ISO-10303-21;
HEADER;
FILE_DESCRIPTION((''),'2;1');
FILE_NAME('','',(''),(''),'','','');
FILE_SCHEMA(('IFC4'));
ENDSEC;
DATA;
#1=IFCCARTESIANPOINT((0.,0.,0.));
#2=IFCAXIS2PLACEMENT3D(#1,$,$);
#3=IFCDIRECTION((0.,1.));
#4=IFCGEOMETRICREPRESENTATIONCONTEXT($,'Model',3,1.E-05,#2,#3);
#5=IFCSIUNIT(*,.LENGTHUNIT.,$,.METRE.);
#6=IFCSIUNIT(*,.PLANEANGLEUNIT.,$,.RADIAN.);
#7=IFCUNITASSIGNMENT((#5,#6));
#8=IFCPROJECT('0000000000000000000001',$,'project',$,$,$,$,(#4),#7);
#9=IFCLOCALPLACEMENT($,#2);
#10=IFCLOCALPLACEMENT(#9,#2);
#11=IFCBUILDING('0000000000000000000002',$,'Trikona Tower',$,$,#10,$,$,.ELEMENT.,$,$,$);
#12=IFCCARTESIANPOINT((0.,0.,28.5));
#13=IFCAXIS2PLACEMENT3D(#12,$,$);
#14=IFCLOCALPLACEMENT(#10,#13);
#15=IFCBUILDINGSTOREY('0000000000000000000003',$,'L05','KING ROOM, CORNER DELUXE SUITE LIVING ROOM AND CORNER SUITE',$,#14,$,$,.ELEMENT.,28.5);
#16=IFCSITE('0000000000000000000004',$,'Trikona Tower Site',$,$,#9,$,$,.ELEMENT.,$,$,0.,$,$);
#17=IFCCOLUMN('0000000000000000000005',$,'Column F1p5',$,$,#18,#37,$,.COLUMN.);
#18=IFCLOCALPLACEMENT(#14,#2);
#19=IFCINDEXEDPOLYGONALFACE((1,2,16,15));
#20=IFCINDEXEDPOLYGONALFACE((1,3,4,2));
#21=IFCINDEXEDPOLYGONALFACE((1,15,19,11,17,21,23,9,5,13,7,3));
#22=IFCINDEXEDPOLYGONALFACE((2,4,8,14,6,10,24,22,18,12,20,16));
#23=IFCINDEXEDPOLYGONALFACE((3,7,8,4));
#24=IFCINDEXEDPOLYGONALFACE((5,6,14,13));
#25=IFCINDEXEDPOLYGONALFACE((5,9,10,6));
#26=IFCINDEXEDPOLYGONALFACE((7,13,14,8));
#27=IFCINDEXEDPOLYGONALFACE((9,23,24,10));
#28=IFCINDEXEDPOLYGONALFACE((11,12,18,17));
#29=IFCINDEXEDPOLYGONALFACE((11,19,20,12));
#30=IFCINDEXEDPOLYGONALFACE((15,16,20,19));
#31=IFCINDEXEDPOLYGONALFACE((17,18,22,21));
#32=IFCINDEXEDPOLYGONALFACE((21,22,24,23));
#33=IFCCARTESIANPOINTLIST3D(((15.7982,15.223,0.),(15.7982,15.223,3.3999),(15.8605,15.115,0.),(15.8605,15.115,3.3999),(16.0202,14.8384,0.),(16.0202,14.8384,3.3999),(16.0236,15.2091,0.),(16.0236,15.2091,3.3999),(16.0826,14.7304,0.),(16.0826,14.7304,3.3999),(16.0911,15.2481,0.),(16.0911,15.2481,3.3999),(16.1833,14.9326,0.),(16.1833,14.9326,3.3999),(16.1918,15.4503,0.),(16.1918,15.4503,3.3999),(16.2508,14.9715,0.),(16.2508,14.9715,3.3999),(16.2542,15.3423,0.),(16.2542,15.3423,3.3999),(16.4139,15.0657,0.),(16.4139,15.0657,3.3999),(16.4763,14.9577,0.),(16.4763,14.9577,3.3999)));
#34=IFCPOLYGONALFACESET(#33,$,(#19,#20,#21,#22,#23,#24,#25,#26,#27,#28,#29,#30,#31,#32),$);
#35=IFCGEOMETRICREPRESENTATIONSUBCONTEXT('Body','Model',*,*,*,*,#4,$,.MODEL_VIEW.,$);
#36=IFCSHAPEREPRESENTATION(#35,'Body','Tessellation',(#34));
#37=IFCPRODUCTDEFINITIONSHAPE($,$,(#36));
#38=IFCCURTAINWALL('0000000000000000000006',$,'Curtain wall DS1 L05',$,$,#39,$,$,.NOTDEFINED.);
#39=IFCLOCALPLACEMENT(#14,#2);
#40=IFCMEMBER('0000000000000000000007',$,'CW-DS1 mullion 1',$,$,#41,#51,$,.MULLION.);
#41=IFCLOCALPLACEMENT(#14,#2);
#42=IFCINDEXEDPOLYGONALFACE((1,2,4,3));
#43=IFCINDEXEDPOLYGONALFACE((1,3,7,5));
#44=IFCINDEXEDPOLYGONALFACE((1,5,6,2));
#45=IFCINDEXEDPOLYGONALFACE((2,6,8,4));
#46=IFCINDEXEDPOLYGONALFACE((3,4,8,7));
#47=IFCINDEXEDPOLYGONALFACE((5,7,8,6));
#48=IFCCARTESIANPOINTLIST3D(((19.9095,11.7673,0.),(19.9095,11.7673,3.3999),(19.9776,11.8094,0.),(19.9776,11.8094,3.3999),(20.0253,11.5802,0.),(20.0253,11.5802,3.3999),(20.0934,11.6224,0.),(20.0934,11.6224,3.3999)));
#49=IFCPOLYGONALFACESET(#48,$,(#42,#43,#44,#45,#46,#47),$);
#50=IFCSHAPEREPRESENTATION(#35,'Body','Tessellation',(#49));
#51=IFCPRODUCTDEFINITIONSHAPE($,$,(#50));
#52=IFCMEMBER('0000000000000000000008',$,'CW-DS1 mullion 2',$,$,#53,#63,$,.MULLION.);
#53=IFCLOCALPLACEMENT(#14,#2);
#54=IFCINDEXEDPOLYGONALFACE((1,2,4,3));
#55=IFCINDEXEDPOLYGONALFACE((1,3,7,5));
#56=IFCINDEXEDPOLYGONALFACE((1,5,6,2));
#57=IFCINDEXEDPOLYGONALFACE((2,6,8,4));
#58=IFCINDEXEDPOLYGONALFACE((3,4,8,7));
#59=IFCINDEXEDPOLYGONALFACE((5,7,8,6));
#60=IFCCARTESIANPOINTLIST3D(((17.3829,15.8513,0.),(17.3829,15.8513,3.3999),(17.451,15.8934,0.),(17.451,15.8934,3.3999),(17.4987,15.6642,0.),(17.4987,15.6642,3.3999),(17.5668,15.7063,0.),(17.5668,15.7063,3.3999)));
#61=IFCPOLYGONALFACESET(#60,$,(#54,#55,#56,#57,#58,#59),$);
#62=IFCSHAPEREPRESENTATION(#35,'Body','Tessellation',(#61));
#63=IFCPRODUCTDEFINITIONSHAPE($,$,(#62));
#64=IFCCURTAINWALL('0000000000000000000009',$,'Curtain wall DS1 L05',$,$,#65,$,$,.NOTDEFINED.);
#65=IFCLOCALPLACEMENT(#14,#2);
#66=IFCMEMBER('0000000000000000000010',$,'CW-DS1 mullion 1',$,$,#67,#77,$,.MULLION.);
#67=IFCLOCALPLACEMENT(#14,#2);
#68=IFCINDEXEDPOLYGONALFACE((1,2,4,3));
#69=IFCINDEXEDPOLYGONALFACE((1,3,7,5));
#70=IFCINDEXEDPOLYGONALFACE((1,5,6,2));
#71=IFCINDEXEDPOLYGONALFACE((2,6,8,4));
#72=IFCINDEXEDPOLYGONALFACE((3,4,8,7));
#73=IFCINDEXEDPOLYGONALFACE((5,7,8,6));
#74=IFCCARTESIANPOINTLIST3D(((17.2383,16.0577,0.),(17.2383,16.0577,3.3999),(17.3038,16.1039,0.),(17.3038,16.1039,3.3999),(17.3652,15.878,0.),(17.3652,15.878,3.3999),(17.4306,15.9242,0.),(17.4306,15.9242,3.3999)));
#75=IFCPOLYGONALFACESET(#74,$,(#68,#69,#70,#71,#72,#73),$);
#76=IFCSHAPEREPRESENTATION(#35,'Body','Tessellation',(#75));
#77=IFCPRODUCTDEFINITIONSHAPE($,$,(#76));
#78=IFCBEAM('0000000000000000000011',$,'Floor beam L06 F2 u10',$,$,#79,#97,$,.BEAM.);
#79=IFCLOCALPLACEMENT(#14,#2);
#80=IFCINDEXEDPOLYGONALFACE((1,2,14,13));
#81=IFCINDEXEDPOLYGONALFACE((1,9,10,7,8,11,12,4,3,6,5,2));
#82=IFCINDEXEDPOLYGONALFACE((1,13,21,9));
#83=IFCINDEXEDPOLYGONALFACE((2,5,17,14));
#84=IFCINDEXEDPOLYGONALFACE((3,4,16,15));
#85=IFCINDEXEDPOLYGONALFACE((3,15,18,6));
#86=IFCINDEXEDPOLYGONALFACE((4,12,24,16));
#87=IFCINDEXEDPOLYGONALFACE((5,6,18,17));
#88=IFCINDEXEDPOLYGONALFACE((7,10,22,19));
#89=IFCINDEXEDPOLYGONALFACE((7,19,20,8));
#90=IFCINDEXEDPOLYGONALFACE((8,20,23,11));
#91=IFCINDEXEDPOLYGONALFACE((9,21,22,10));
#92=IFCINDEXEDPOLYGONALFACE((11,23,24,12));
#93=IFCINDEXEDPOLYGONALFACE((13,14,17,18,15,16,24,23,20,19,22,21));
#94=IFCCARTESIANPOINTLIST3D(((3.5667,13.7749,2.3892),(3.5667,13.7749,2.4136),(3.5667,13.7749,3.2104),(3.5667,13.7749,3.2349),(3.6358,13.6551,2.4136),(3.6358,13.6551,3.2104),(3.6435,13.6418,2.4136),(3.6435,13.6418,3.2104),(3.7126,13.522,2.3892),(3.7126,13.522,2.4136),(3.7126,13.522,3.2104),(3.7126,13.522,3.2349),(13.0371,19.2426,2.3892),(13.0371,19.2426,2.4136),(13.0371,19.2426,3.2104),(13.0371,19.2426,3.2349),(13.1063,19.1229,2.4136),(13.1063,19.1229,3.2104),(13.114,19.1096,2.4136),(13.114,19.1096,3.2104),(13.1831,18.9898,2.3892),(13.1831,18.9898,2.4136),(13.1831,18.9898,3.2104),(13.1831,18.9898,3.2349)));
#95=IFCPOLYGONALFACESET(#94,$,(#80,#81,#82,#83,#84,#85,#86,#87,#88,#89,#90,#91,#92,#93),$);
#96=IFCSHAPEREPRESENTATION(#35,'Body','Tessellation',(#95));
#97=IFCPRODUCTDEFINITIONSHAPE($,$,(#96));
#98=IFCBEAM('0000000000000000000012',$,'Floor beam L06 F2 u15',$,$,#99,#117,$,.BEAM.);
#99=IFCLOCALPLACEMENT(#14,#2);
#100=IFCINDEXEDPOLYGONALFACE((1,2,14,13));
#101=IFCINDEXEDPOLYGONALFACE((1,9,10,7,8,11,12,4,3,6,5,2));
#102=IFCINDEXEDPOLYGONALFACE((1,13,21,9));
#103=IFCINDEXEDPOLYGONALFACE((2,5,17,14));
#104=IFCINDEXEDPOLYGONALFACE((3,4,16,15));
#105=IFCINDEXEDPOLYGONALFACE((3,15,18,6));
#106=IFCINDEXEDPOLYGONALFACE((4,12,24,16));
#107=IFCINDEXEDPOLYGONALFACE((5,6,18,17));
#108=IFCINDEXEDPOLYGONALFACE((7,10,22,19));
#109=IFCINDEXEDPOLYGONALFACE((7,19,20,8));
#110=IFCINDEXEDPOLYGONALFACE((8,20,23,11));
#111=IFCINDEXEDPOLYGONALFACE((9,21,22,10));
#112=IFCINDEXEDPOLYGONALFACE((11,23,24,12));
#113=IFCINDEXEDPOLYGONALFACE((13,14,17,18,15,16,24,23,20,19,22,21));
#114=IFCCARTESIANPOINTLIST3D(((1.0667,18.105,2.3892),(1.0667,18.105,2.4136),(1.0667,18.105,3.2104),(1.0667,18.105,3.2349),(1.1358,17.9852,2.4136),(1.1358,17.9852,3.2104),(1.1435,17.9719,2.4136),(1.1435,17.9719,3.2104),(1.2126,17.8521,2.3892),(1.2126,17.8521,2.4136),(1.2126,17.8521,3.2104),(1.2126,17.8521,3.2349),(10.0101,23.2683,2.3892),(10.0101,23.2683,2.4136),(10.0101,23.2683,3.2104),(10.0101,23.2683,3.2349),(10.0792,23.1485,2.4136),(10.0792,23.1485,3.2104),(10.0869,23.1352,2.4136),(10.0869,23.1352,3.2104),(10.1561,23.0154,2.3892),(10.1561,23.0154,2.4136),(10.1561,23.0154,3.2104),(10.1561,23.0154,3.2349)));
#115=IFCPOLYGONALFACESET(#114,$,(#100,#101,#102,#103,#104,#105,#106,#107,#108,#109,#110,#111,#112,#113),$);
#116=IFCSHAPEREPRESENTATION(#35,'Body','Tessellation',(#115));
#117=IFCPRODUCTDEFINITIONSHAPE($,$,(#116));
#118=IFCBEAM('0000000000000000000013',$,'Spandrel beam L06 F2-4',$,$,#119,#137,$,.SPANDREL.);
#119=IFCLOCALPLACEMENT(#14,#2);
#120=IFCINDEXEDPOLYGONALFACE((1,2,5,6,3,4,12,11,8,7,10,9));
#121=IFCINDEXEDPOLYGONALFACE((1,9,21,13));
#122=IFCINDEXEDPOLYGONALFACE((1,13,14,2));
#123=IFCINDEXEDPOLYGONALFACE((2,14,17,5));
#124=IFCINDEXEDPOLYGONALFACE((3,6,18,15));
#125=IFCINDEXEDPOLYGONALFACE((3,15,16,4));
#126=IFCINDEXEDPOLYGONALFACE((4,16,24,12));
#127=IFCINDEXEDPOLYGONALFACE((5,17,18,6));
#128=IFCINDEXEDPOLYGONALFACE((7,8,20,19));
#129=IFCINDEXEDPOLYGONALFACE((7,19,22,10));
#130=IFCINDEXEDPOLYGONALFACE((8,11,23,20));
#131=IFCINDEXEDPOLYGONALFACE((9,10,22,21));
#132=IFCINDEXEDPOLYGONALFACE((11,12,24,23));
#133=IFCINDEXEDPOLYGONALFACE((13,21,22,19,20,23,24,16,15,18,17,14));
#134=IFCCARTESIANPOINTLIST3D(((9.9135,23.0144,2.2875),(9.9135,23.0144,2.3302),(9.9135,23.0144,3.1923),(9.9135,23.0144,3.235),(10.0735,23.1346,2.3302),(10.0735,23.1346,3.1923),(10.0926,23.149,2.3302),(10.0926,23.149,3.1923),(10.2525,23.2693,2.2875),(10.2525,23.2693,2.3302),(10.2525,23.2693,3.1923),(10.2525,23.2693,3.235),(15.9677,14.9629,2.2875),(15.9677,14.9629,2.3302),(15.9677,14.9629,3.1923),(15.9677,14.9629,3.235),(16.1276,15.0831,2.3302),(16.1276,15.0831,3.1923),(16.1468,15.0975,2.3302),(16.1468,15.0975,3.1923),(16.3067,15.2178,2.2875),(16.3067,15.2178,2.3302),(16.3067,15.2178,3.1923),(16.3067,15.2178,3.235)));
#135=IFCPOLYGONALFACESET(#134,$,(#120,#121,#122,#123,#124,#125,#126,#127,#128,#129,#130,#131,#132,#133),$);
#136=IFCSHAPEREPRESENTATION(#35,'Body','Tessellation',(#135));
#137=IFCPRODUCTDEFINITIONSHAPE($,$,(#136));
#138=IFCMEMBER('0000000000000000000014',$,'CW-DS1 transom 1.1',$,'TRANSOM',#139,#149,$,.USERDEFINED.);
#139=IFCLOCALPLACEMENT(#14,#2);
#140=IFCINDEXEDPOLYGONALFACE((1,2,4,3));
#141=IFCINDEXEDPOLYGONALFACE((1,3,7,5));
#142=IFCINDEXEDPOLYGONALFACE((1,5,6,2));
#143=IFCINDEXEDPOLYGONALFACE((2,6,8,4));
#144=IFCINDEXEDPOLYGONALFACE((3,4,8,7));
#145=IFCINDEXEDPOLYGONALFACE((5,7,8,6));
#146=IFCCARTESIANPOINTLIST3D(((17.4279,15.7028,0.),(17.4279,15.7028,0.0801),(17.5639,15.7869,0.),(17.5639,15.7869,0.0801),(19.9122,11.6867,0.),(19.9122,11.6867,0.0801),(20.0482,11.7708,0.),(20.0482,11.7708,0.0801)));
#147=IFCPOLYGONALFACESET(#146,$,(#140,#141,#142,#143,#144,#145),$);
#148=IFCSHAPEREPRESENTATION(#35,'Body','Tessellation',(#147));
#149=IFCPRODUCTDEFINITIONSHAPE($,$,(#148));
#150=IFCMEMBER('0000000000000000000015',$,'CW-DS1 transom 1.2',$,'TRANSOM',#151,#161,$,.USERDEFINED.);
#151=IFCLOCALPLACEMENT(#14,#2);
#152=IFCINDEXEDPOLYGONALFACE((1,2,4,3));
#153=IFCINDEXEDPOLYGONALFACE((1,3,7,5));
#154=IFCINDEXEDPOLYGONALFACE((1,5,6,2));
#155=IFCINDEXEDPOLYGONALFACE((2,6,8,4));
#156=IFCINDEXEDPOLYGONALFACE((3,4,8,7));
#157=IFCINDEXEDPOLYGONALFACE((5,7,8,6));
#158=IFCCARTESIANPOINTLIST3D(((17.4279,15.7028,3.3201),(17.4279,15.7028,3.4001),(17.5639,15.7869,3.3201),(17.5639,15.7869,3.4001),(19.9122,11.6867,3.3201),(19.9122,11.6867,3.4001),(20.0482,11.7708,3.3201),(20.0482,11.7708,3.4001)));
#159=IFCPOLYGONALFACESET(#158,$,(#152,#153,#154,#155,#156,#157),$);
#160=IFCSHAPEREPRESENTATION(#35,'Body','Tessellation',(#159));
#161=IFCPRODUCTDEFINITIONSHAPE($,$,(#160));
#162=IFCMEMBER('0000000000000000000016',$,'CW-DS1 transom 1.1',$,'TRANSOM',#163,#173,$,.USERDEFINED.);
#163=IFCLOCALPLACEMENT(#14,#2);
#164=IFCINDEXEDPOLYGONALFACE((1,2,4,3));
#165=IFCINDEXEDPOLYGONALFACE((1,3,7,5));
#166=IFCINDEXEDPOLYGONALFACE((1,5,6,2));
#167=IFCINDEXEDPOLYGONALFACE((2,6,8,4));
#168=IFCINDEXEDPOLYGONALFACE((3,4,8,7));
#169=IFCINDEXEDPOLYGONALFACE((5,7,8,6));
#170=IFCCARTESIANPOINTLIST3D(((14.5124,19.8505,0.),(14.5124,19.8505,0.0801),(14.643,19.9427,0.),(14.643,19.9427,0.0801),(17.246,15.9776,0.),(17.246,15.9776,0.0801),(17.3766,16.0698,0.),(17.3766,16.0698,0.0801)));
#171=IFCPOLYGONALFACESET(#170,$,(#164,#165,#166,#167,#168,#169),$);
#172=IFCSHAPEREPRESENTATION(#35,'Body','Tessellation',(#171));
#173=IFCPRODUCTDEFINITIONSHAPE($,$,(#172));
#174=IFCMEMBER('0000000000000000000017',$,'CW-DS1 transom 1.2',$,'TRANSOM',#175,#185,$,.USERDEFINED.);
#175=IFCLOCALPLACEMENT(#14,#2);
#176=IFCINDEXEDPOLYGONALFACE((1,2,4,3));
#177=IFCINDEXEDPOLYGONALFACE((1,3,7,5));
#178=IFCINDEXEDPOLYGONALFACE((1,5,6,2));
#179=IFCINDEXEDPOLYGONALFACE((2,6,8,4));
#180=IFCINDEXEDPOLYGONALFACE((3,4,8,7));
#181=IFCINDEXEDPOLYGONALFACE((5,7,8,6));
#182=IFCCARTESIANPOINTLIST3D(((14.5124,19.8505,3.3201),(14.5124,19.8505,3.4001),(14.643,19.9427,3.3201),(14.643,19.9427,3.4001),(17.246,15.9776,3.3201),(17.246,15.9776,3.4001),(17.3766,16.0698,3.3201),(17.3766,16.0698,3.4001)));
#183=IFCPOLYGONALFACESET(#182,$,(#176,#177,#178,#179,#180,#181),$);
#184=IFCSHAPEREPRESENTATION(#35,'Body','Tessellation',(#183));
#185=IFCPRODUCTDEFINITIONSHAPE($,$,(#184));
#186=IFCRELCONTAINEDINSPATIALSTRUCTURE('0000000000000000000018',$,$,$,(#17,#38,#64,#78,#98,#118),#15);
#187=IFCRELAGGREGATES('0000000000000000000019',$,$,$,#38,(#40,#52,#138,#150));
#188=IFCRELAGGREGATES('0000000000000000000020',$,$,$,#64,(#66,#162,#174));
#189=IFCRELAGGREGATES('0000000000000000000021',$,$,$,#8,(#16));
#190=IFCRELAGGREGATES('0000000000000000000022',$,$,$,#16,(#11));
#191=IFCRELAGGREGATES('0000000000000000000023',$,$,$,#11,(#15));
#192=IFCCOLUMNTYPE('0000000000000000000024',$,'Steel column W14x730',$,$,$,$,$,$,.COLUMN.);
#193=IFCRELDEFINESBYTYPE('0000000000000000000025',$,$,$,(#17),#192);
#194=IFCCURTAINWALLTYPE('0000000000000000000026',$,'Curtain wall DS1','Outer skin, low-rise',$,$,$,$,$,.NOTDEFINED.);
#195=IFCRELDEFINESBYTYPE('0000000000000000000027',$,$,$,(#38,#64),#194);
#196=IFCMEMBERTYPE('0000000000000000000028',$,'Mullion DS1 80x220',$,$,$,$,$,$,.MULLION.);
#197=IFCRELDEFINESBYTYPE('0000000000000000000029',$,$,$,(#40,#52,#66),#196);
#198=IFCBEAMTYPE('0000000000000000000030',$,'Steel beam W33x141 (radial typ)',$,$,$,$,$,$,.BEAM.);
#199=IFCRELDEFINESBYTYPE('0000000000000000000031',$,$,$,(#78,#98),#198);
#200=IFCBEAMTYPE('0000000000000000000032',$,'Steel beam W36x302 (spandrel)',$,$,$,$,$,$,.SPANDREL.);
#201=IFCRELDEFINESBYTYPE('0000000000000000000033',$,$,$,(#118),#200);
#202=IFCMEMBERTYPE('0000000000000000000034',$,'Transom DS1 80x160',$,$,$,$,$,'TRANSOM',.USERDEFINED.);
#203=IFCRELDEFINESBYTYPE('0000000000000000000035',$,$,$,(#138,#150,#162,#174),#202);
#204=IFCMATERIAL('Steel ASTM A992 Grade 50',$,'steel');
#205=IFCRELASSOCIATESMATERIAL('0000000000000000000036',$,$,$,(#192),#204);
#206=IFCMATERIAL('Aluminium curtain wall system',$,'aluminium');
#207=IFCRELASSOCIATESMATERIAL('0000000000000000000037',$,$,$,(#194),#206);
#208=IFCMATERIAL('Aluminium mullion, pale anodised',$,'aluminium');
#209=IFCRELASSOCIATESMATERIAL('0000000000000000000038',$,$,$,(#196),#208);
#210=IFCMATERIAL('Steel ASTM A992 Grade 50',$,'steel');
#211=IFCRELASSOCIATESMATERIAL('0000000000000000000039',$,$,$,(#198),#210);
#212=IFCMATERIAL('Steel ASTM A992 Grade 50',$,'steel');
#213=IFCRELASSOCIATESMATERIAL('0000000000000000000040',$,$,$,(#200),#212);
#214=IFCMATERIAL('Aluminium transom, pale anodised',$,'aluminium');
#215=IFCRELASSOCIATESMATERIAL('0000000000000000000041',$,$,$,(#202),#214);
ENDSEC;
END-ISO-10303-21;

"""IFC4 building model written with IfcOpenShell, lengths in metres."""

from ifc_helpers import new_model, si_unit, direction, frame, origin, origin_2d, place, context, subcontext, project, spatial, rectangle, i_section, extrude, material, material_profile, profile_set, type_object, element, aggregate, save


model = new_model("IFC4")

# Units and contexts
model_context = context("Model", 3, precision=1e-05, world=origin(), true_north=direction((0.0, 1.0)))
body_context = subcontext(model_context, "Body", "Model", "MODEL_VIEW")
ifc_project = project(units=[si_unit("LENGTHUNIT", "METRE"), si_unit("PLANEANGLEUNIT", "RADIAN")], contexts=[model_context])

# Site, building, storey
site_placement = place(None, origin())
site = spatial("IfcSite", under=ifc_project, at=site_placement, Name="Trikona Tower Site", CompositionType="ELEMENT", RefElevation=0.0)
building_placement = place(site_placement, origin())
building = spatial("IfcBuilding", under=site, at=building_placement, Name="Trikona Tower", CompositionType="ELEMENT")
storey_placement = place(building_placement, frame((0.0, 0.0, 28.5)))
storey = spatial("IfcBuildingStorey", under=building, at=storey_placement, Name="L05", Description="KING ROOM, CORNER DELUXE SUITE LIVING ROOM AND CORNER SUITE", CompositionType="ELEMENT", Elevation=28.5)

# Column
ifc_material_1 = material(Name="Steel ASTM A992 Grade 50", Category="steel")
ifc_material_profile_1 = material_profile(ifc_material_1, i_section(OverallWidth=0.4546, OverallDepth=0.5688, WebThickness=0.0779, FlangeThickness=0.1248, at=origin_2d()), Name="W14X730")
ifc_profile_set_1 = profile_set([ifc_material_profile_1], Name="Steel ASTM A992 Grade 50")
column_type = type_object("IfcColumnType", Name="Steel column W14x730", PredefinedType="COLUMN", material=ifc_profile_set_1)
column_placement = place(storey_placement, frame((16.1372, 15.0903, 0.0), z_axis=(0.0, 0.0, 1.0), x_axis=(0.866025, 0.5, 0.0)))
element("IfcColumn", 1, at=column_placement, inside=storey, type_object=column_type, Name="Column F1p5", PredefinedType="COLUMN", context=body_context, shape_type="SweptSolid", body=[
    extrude(i_section(OverallWidth=0.4546, OverallDepth=0.5688, WebThickness=0.0779, FlangeThickness=0.1248, at=origin_2d()), origin(), (0.0, 0.0, 1.0), 3.3999),
])

# Curtain wall, members
ifc_material_2 = material(Name="Aluminium curtain wall system", Category="aluminium")
curtain_wall_type = type_object("IfcCurtainWallType", Name="Curtain wall DS1", Description="Outer skin, low-rise", PredefinedType="NOTDEFINED", material=ifc_material_2)
curtain_wall_1_placement = place(storey_placement, origin())
curtain_wall_1 = element("IfcCurtainWall", 2, at=curtain_wall_1_placement, inside=storey, type_object=curtain_wall_type, Name="Curtain wall DS1 L05", PredefinedType="NOTDEFINED")
ifc_material_3 = material(Name="Aluminium mullion, pale anodised", Category="aluminium")
ifc_material_profile_2 = material_profile(ifc_material_3, rectangle(XDim=0.0801, YDim=0.22, at=origin_2d()), Name="MUL-DS1")
ifc_profile_set_2 = profile_set([ifc_material_profile_2], Name="Aluminium mullion, pale anodised")
member_type_1 = type_object("IfcMemberType", Name="Mullion DS1 80x220", PredefinedType="MULLION", material=ifc_profile_set_2)
member_1_placement = place(storey_placement, frame((20.0015, 11.6948, 0.0), z_axis=(0.0, 0.0, 1.0), x_axis=(-0.85041, -0.52612, 0.0)))
member_1 = element("IfcMember", 3, at=member_1_placement, type_object=member_type_1, Name="CW-DS1 mullion 1", PredefinedType="MULLION", context=body_context, shape_type="SweptSolid", body=[
    extrude(rectangle(XDim=0.0801, YDim=0.22, at=origin_2d()), origin(), (0.0, 0.0, 1.0), 3.3999),
])
member_2_placement = place(storey_placement, frame((17.4749, 15.7788, 0.0), z_axis=(0.0, 0.0, 1.0), x_axis=(-0.85041, -0.52612, 0.0)))
member_2 = element("IfcMember", 4, at=member_2_placement, type_object=member_type_1, Name="CW-DS1 mullion 2", PredefinedType="MULLION", context=body_context, shape_type="SweptSolid", body=[
    extrude(rectangle(XDim=0.0801, YDim=0.22, at=origin_2d()), origin(), (0.0, 0.0, 1.0), 3.3999),
])

# Curtain wall, member
curtain_wall_2_placement = place(storey_placement, origin())
curtain_wall_2 = element("IfcCurtainWall", 5, at=curtain_wall_2_placement, inside=storey, type_object=curtain_wall_type, Name="Curtain wall DS1 L05", PredefinedType="NOTDEFINED")
member_3_placement = place(storey_placement, frame((17.3345, 15.991, 0.0), z_axis=(0.0, 0.0, 1.0), x_axis=(-0.816985, -0.576658, 0.0)))
member_3 = element("IfcMember", 6, at=member_3_placement, type_object=member_type_1, Name="CW-DS1 mullion 1", PredefinedType="MULLION", context=body_context, shape_type="SweptSolid", body=[
    extrude(rectangle(XDim=0.0801, YDim=0.22, at=origin_2d()), origin(), (0.0, 0.0, 1.0), 3.3999),
])

# Beams
ifc_material_4 = material(Name="Steel ASTM A992 Grade 50", Category="steel")
ifc_material_profile_3 = material_profile(ifc_material_4, i_section(OverallWidth=0.292, OverallDepth=0.8457, WebThickness=0.0154, FlangeThickness=0.0244, at=origin_2d()), Name="W33X141")
ifc_profile_set_3 = profile_set([ifc_material_profile_3], Name="Steel ASTM A992 Grade 50")
beam_type_1 = type_object("IfcBeamType", Name="Steel beam W33x141 (radial typ)", PredefinedType="BEAM", material=ifc_profile_set_3)
beam_1_placement = place(storey_placement, frame((3.6396, 13.6484, 2.812), z_axis=(0.866025, 0.5, 0.0), x_axis=(-0.5, 0.866025, 0.0)))
element("IfcBeam", 7, at=beam_1_placement, inside=storey, type_object=beam_type_1, Name="Floor beam L06 F2 u10", PredefinedType="BEAM", context=body_context, shape_type="SweptSolid", body=[
    extrude(i_section(OverallWidth=0.292, OverallDepth=0.8457, WebThickness=0.0154, FlangeThickness=0.0244, at=origin_2d()), origin(), (0.0, 0.0, 1.0), 10.9355),
])
beam_2_placement = place(storey_placement, frame((1.1396, 17.9785, 2.812), z_axis=(0.86603, 0.499991, 0.0), x_axis=(-0.499991, 0.86603, 0.0)))
element("IfcBeam", 8, at=beam_2_placement, inside=storey, type_object=beam_type_1, Name="Floor beam L06 F2 u15", PredefinedType="BEAM", context=body_context, shape_type="SweptSolid", body=[
    extrude(i_section(OverallWidth=0.292, OverallDepth=0.8457, WebThickness=0.0154, FlangeThickness=0.0244, at=origin_2d()), origin(), (0.0, 0.0, 1.0), 10.3269),
])
ifc_material_5 = material(Name="Steel ASTM A992 Grade 50", Category="steel")
ifc_material_profile_4 = material_profile(ifc_material_5, i_section(OverallWidth=0.4241, OverallDepth=0.9475, WebThickness=0.0239, FlangeThickness=0.0427, at=origin_2d()), Name="W36X302")
ifc_profile_set_4 = profile_set([ifc_material_profile_4], Name="Steel ASTM A992 Grade 50")
beam_type_2 = type_object("IfcBeamType", Name="Steel beam W36x302 (spandrel)", PredefinedType="SPANDREL", material=ifc_profile_set_4)
beam_3_placement = place(storey_placement, frame((16.1372, 15.0903, 2.7612), z_axis=(-0.600988, 0.799258, 0.0), x_axis=(-0.799258, -0.600988, 0.0)))
element("IfcBeam", 9, at=beam_3_placement, inside=storey, type_object=beam_type_2, Name="Spandrel beam L06 F2-4", PredefinedType="SPANDREL", context=body_context, shape_type="SweptSolid", body=[
    extrude(i_section(OverallWidth=0.4241, OverallDepth=0.9475, WebThickness=0.0239, FlangeThickness=0.0427, at=origin_2d()), origin(), (0.0, 0.0, 1.0), 10.0737),
])

# Members
ifc_material_6 = material(Name="Aluminium transom, pale anodised", Category="aluminium")
ifc_material_profile_5 = material_profile(ifc_material_6, rectangle(XDim=0.1599, YDim=0.0801, at=origin_2d()), Name="TRN-DS1")
ifc_profile_set_5 = profile_set([ifc_material_profile_5], Name="Aluminium transom, pale anodised")
member_type_2 = type_object("IfcMemberType", Name="Transom DS1 80x160", ElementType="TRANSOM", PredefinedType="USERDEFINED", material=ifc_profile_set_5)
member_4_placement = place(storey_placement, frame((19.9802, 11.7288, 0.04), z_axis=(-0.526081, 0.850435, 0.0), x_axis=(-0.850435, -0.526081, 0.0)))
member_4 = element("IfcMember", 10, at=member_4_placement, type_object=member_type_2, Name="CW-DS1 transom 1.1", ObjectType="TRANSOM", PredefinedType="USERDEFINED", context=body_context, shape_type="SweptSolid", body=[
    extrude(rectangle(XDim=0.1599, YDim=0.0801, at=origin_2d()), origin(), (0.0, 0.0, 1.0), 4.7224),
])
member_5_placement = place(storey_placement, frame((19.9802, 11.7288, 3.3601), z_axis=(-0.526081, 0.850435, 0.0), x_axis=(-0.850435, -0.526081, 0.0)))
member_5 = element("IfcMember", 11, at=member_5_placement, type_object=member_type_2, Name="CW-DS1 transom 1.2", ObjectType="TRANSOM", PredefinedType="USERDEFINED", context=body_context, shape_type="SweptSolid", body=[
    extrude(rectangle(XDim=0.1599, YDim=0.0801, at=origin_2d()), origin(), (0.0, 0.0, 1.0), 4.7224),
])
member_6_placement = place(storey_placement, frame((17.3113, 16.0237, 0.04), z_axis=(-0.576645, 0.816995, 0.0), x_axis=(-0.816995, -0.576645, 0.0)))
member_6 = element("IfcMember", 12, at=member_6_placement, type_object=member_type_2, Name="CW-DS1 transom 1.1", ObjectType="TRANSOM", PredefinedType="USERDEFINED", context=body_context, shape_type="SweptSolid", body=[
    extrude(rectangle(XDim=0.1599, YDim=0.0801, at=origin_2d()), origin(), (0.0, 0.0, 1.0), 4.7405),
])
member_7_placement = place(storey_placement, frame((17.3113, 16.0237, 3.3601), z_axis=(-0.576645, 0.816995, 0.0), x_axis=(-0.816995, -0.576645, 0.0)))
member_7 = element("IfcMember", 13, at=member_7_placement, type_object=member_type_2, Name="CW-DS1 transom 1.2", ObjectType="TRANSOM", PredefinedType="USERDEFINED", context=body_context, shape_type="SweptSolid", body=[
    extrude(rectangle(XDim=0.1599, YDim=0.0801, at=origin_2d()), origin(), (0.0, 0.0, 1.0), 4.7405),
])

aggregate(curtain_wall_1, [member_1, member_2, member_4, member_5])
aggregate(curtain_wall_2, [member_3, member_6, member_7])

save(model, "model.ifc")
